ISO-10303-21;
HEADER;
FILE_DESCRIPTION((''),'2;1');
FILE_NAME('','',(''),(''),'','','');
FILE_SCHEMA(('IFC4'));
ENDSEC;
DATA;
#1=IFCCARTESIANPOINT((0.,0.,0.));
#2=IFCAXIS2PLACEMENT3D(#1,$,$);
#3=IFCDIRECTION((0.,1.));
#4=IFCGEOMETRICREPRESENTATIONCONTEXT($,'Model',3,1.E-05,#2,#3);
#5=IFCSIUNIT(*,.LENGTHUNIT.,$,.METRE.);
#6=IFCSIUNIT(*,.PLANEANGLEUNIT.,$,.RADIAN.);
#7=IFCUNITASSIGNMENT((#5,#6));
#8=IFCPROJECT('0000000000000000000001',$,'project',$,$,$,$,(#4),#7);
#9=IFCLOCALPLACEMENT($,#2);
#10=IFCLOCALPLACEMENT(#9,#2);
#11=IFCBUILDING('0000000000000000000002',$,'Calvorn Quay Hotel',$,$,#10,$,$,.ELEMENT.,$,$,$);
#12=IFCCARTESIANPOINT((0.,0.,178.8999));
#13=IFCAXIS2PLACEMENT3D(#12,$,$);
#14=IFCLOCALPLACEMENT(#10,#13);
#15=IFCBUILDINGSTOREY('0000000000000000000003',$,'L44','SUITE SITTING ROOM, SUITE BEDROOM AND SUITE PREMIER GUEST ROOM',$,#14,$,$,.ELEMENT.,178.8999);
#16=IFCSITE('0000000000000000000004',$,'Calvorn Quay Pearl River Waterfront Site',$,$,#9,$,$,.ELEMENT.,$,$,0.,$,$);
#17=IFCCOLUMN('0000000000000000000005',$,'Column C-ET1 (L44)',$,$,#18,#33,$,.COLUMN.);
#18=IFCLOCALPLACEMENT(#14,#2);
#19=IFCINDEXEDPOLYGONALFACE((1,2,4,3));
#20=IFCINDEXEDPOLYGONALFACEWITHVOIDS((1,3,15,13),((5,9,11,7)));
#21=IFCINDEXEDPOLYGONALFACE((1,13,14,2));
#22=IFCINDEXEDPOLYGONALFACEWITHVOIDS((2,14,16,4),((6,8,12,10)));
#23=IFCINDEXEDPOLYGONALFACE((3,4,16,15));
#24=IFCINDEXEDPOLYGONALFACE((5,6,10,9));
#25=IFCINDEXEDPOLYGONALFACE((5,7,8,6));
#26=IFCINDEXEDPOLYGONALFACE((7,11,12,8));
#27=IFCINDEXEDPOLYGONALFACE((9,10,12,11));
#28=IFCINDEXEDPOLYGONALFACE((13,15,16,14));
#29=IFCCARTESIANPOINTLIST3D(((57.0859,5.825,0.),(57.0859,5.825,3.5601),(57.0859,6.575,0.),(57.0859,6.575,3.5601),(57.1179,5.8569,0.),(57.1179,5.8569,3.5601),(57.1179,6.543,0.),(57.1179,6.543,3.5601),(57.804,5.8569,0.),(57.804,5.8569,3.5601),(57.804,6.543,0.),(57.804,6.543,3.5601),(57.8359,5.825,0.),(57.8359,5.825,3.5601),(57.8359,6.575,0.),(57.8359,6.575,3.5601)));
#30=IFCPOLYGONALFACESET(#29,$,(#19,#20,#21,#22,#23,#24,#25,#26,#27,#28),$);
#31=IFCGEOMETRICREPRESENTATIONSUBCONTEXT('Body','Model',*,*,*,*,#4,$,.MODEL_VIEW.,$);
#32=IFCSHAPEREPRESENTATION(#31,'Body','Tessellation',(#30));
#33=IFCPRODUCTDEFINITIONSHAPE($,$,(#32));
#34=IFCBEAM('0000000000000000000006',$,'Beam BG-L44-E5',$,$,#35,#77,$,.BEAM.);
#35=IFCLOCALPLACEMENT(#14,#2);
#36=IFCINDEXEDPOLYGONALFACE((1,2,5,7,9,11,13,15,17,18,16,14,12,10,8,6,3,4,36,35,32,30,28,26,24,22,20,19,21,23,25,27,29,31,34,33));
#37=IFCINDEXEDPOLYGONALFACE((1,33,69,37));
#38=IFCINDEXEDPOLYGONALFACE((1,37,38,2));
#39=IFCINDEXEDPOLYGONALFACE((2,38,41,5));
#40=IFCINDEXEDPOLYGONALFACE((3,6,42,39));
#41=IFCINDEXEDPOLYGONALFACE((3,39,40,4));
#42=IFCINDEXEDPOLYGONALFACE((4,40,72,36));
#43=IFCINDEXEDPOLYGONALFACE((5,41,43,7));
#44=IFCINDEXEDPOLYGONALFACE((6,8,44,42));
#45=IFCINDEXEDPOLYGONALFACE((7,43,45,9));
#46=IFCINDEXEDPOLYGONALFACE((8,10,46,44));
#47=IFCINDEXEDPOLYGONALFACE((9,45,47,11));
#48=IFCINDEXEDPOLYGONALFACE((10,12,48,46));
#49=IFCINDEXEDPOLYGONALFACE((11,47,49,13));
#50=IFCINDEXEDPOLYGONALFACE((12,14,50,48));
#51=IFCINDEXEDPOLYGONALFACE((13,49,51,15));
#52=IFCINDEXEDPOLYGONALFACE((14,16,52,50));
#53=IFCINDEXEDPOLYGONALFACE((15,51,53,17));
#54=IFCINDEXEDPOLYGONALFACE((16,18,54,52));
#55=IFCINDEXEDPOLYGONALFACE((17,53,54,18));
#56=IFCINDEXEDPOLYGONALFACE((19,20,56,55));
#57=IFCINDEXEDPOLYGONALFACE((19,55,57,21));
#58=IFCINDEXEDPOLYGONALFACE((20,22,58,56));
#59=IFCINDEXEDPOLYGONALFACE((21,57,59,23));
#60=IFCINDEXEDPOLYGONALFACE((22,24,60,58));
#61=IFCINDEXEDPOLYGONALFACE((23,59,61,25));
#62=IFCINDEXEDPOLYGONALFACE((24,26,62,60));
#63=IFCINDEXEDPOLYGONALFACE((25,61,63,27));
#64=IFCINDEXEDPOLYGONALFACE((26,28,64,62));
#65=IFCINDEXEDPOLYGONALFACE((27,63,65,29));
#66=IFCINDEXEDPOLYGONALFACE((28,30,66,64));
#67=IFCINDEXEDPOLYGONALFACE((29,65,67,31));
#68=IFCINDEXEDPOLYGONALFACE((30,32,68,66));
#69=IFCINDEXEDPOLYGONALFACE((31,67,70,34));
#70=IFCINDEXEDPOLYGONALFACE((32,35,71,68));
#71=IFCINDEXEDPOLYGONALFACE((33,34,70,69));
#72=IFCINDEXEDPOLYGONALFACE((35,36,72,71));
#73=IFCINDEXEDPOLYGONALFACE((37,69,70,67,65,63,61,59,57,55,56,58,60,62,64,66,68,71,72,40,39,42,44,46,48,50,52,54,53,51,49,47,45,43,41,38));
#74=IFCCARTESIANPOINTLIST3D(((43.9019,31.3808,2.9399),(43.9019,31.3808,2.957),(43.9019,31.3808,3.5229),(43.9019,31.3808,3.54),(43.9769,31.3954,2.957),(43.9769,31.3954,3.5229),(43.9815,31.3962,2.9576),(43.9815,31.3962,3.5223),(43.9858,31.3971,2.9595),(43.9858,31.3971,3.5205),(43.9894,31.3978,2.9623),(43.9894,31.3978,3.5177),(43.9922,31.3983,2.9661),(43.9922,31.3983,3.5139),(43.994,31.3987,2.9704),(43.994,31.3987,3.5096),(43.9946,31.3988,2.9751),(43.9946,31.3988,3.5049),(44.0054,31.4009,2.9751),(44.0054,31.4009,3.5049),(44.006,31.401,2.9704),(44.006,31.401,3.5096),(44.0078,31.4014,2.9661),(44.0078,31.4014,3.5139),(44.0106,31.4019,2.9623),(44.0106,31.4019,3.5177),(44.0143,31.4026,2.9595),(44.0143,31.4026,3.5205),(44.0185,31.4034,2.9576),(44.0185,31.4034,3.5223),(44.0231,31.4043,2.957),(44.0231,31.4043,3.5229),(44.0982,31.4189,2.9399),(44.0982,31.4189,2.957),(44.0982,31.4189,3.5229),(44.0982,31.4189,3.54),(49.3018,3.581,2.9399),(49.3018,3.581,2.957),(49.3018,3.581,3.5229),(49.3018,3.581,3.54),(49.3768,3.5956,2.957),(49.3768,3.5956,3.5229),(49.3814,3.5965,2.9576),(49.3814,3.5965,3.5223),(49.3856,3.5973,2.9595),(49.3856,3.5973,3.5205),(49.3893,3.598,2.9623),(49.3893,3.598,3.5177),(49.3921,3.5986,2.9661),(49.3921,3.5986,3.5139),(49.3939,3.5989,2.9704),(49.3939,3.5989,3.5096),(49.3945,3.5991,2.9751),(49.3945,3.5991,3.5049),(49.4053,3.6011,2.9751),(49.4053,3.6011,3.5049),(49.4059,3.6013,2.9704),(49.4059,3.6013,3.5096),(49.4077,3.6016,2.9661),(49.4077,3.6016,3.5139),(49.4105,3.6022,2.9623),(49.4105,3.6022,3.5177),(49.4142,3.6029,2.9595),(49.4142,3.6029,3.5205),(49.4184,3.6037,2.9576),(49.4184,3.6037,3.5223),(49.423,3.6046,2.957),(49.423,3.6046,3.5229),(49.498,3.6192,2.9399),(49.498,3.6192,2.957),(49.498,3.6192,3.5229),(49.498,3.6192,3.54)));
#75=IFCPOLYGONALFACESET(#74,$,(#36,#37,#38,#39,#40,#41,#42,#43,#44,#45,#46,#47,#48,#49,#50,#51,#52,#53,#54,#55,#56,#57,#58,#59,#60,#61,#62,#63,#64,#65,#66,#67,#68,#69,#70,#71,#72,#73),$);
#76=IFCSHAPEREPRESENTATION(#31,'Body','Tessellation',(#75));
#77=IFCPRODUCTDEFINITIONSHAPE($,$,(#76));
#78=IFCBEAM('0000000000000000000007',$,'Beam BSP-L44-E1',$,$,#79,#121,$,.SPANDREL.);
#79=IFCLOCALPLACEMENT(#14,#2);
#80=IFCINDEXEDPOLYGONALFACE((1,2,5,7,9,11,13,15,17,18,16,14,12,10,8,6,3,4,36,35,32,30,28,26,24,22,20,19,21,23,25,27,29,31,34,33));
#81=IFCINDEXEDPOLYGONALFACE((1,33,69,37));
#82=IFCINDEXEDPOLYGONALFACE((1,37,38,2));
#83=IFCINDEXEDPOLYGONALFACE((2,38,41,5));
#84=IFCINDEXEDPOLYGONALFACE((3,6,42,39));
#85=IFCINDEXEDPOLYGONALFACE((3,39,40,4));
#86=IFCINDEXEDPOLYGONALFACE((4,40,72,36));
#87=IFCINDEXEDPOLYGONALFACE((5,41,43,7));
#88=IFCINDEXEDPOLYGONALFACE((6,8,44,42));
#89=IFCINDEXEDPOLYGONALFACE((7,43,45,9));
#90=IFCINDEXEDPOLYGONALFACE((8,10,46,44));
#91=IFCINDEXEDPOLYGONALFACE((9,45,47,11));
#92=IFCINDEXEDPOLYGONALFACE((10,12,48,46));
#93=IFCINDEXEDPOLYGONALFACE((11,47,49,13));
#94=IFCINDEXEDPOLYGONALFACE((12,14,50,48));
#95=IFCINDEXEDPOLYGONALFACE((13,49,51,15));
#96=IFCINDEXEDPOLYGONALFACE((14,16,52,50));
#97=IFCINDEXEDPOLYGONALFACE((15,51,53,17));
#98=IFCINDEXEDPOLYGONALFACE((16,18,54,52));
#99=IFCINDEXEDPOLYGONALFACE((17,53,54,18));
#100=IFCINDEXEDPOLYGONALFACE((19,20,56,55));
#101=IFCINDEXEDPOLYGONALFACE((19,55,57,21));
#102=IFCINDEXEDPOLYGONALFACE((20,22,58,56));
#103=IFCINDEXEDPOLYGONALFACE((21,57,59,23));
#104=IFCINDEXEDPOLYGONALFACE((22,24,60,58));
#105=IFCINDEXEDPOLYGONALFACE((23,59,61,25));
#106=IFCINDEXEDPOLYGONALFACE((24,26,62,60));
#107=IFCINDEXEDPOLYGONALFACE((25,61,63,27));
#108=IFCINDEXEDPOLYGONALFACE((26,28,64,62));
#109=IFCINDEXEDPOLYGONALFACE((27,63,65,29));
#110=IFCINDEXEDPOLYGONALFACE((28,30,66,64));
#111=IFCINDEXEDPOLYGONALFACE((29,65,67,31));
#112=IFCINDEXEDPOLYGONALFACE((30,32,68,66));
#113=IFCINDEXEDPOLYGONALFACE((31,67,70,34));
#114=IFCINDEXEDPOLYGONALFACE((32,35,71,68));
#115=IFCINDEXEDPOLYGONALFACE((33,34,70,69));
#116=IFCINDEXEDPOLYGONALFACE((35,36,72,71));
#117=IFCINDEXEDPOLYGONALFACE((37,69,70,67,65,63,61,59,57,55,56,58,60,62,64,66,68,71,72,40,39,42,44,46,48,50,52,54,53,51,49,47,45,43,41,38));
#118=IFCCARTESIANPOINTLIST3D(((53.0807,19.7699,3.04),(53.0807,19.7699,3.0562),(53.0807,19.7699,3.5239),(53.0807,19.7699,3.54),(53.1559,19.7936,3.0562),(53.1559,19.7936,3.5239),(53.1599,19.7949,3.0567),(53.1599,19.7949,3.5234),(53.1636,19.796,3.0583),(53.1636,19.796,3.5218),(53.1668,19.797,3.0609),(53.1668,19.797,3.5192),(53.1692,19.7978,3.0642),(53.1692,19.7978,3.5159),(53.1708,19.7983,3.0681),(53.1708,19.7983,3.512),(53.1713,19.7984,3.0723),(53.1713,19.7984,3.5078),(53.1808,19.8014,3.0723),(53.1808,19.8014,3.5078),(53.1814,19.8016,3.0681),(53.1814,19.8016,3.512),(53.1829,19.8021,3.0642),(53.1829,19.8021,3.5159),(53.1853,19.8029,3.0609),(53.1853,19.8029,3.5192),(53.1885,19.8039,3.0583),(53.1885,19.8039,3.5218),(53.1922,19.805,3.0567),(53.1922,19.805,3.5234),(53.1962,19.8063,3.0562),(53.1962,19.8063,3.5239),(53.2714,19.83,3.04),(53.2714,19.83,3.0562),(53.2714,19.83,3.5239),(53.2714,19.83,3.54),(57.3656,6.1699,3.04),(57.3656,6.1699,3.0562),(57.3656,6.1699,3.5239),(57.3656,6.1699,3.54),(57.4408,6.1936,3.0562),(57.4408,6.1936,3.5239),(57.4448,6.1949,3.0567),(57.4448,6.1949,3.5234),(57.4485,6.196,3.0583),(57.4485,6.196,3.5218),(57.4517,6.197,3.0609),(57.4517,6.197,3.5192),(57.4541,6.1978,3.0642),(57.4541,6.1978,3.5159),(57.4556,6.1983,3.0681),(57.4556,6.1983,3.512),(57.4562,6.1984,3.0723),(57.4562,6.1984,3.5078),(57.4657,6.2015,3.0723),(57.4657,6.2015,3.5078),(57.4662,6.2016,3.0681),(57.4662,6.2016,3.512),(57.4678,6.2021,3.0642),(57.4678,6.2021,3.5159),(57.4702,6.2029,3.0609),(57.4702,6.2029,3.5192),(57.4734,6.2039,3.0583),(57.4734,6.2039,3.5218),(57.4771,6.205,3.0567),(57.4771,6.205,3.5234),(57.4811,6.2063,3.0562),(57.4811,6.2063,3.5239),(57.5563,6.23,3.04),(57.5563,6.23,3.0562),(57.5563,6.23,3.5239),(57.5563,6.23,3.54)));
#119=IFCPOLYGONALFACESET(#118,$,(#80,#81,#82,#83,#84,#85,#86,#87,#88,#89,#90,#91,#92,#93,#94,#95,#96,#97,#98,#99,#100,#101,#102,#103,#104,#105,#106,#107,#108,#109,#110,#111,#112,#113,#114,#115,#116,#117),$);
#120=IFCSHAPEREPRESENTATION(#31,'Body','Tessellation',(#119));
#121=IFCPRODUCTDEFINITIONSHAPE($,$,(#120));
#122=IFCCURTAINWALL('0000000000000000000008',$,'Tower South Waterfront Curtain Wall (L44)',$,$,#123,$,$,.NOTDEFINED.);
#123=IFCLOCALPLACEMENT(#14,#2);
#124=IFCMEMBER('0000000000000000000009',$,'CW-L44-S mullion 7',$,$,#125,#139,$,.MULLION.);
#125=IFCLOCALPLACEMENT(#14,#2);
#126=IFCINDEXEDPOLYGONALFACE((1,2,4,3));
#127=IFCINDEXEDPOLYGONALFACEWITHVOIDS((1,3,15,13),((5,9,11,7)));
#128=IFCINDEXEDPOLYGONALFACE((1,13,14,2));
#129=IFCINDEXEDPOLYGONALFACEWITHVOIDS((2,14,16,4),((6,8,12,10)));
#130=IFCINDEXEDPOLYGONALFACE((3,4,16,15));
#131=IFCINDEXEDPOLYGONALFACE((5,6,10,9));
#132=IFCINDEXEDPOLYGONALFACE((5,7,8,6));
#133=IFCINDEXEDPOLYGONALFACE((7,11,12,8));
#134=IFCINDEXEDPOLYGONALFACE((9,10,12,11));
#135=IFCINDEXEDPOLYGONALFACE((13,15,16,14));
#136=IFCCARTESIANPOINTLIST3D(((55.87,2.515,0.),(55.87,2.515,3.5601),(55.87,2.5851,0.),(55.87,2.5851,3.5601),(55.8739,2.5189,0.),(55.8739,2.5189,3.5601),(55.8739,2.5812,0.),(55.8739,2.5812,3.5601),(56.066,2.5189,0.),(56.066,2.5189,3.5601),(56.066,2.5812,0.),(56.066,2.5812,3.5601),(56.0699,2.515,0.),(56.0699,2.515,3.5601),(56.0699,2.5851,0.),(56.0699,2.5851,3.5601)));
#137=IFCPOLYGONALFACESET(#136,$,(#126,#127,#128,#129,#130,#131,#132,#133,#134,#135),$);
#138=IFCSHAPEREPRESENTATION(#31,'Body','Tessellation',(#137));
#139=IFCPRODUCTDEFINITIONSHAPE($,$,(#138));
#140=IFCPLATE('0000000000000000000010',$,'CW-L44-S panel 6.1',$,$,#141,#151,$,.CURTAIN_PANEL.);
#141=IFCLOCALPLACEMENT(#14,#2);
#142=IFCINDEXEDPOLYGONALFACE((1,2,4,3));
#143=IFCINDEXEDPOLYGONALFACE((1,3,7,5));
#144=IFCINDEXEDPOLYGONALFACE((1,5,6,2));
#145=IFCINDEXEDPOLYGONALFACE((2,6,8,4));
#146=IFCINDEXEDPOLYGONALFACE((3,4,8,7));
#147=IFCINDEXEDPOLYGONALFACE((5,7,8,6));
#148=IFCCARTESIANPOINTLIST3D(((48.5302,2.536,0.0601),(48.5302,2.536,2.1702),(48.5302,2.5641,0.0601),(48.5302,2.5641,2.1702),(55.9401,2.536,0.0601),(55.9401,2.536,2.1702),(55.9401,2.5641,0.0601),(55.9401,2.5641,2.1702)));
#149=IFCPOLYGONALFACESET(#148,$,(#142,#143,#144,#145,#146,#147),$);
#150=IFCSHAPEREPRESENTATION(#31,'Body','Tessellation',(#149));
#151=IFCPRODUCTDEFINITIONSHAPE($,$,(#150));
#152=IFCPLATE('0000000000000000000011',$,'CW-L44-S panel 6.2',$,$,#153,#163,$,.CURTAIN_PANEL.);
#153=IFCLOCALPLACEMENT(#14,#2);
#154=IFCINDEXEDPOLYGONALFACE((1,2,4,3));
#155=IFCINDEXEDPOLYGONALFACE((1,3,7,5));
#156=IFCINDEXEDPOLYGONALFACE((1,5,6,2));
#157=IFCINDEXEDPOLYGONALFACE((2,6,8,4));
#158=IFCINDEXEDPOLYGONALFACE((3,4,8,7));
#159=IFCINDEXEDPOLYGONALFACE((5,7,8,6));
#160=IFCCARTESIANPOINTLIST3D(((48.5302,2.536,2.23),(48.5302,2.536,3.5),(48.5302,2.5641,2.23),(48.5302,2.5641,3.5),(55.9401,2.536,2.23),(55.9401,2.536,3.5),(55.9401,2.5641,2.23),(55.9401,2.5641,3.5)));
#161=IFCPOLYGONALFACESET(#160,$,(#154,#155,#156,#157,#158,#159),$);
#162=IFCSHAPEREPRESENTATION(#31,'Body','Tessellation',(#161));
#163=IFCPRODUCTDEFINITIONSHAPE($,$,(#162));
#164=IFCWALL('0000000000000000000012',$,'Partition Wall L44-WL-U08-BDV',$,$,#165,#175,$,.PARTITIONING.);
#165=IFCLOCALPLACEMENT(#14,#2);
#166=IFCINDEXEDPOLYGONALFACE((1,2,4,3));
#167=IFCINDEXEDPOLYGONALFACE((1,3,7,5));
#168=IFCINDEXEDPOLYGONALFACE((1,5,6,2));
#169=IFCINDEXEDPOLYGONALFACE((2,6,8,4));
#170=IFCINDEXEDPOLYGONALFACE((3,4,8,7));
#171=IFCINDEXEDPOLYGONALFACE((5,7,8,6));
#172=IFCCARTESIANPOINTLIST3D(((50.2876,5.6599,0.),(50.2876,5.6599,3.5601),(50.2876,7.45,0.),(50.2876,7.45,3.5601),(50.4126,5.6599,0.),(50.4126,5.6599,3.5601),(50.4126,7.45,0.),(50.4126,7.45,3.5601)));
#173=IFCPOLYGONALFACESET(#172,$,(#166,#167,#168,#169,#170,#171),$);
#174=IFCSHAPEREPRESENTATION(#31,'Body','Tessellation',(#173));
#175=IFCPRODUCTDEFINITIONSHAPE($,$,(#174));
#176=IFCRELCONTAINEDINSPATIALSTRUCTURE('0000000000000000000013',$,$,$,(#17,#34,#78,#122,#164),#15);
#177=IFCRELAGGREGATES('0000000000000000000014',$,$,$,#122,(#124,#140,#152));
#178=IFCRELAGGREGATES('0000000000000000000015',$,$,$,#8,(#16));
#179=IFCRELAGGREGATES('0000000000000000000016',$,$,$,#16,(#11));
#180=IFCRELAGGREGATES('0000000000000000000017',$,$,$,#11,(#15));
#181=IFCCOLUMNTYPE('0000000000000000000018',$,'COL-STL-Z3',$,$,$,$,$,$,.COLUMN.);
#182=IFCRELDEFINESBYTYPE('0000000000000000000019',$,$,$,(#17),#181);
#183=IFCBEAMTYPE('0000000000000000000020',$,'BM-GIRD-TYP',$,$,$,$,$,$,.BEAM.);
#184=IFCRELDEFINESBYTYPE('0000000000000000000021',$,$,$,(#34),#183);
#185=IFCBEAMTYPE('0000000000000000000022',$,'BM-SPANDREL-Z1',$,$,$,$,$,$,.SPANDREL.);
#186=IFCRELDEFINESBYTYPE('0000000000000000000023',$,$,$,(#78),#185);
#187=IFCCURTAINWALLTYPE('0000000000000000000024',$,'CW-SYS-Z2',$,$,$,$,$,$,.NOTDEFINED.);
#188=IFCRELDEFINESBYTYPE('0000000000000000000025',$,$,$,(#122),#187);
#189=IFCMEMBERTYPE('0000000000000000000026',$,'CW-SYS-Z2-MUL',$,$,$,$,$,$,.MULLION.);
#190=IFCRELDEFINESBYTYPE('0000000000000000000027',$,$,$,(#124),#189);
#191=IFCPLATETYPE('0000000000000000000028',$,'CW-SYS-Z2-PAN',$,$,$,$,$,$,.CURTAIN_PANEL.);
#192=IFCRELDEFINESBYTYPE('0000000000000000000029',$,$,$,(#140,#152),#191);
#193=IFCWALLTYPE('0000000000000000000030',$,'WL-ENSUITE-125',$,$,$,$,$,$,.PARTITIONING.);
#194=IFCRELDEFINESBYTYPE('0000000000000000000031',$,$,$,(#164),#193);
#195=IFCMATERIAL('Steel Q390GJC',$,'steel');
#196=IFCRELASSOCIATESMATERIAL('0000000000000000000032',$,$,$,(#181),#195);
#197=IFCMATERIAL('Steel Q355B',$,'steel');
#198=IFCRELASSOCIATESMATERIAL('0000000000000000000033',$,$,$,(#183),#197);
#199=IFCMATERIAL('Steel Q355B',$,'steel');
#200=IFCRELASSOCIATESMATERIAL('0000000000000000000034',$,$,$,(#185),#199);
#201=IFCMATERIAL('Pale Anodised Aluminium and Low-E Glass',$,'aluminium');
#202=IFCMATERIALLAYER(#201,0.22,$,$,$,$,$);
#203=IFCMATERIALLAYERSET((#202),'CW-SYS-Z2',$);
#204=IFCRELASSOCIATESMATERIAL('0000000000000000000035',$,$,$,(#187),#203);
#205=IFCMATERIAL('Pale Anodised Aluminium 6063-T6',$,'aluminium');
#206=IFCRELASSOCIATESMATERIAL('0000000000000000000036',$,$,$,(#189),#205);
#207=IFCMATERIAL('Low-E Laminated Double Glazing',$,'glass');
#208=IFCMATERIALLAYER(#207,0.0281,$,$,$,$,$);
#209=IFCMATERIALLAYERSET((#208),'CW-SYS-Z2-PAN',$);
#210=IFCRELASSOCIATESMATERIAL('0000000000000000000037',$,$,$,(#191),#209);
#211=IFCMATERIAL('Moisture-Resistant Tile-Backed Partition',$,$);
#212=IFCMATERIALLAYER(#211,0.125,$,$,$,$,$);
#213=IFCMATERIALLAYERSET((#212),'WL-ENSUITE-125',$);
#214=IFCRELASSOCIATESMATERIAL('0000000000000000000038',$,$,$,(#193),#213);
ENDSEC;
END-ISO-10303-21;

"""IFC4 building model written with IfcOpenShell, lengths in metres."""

from ifc_helpers import new_model, si_unit, direction, frame, frame_2d, origin, origin_2d, place, context, subcontext, project, spatial, rectangle, hollow_rectangle, i_section, extrude, material, layer, layer_set, material_profile, profile_set, type_object, element, aggregate, save


model = new_model("IFC4")

# Units and contexts
model_context = context("Model", 3, precision=1e-05, world=origin(), true_north=direction((0.0, 1.0)))
body_context = subcontext(model_context, "Body", "Model", "MODEL_VIEW")
ifc_project = project(units=[si_unit("LENGTHUNIT", "METRE"), si_unit("PLANEANGLEUNIT", "RADIAN")], contexts=[model_context])

# Site, building, storey
site_placement = place(None, origin())
site = spatial("IfcSite", under=ifc_project, at=site_placement, Name="Calvorn Quay Pearl River Waterfront Site", CompositionType="ELEMENT", RefElevation=0.0)
building_placement = place(site_placement, origin())
building = spatial("IfcBuilding", under=site, at=building_placement, Name="Calvorn Quay Hotel", CompositionType="ELEMENT")
storey_placement = place(building_placement, frame((0.0, 0.0, 178.8999)))
storey = spatial("IfcBuildingStorey", under=building, at=storey_placement, Name="L44", Description="SUITE SITTING ROOM, SUITE BEDROOM AND SUITE PREMIER GUEST ROOM", CompositionType="ELEMENT", Elevation=178.8999)

# Column
ifc_material_1 = material(Name="Steel Q390GJC", Category="steel")
ifc_material_profile_1 = material_profile(ifc_material_1, hollow_rectangle(XDim=0.75, YDim=0.75, WallThickness=0.032, at=origin_2d()), Name="BOX750x750x32")
ifc_profile_set_1 = profile_set([ifc_material_profile_1], Name="Steel Q390GJC")
column_type = type_object("IfcColumnType", Name="COL-STL-Z3", PredefinedType="COLUMN", material=ifc_profile_set_1)
column_placement = place(storey_placement, frame((57.4609, 6.2, 0.0), z_axis=(0.0, 0.0, 1.0), x_axis=(1.0, 0.0, 0.0)))
element("IfcColumn", 1, at=column_placement, inside=storey, type_object=column_type, Name="Column C-ET1 (L44)", PredefinedType="COLUMN", context=body_context, shape_type="SweptSolid", body=[
    extrude(hollow_rectangle(XDim=0.75, YDim=0.75, WallThickness=0.032, at=origin_2d()), origin(), (0.0, 0.0, 1.0), 3.5601),
])

# Beams
ifc_material_2 = material(Name="Steel Q355B", Category="steel")
ifc_material_profile_2 = material_profile(ifc_material_2, i_section(OverallWidth=0.2, OverallDepth=0.6001, WebThickness=0.011, FlangeThickness=0.0171, FilletRadius=0.0181, at=origin_2d()), Name="HN600x200x11x17")
ifc_profile_set_2 = profile_set([ifc_material_profile_2], Name="Steel Q355B")
beam_type_1 = type_object("IfcBeamType", Name="BM-GIRD-TYP", PredefinedType="BEAM", material=ifc_profile_set_2)
beam_1_placement = place(storey_placement, frame((49.3999, 3.6001, 3.24), z_axis=(-0.190679, 0.981653, 0.0), x_axis=(-0.981653, -0.190679, 0.0)))
element("IfcBeam", 2, at=beam_1_placement, inside=storey, type_object=beam_type_1, Name="Beam BG-L44-E5", PredefinedType="BEAM", context=body_context, shape_type="SweptSolid", body=[
    extrude(i_section(OverallWidth=0.2, OverallDepth=0.6001, WebThickness=0.011, FlangeThickness=0.0171, FilletRadius=0.0181, at=origin_2d()), origin(), (0.0, 0.0, 1.0), 28.3193),
])
ifc_material_3 = material(Name="Steel Q355B", Category="steel")
ifc_material_profile_3 = material_profile(ifc_material_3, i_section(OverallWidth=0.2, OverallDepth=0.5, WebThickness=0.01, FlangeThickness=0.0161, FilletRadius=0.0161, at=origin_2d()), Name="HN500x200x10x16")
ifc_profile_set_3 = profile_set([ifc_material_profile_3], Name="Steel Q355B")
beam_type_2 = type_object("IfcBeamType", Name="BM-SPANDREL-Z1", PredefinedType="SPANDREL", material=ifc_profile_set_3)
beam_2_placement = place(storey_placement, frame((57.4609, 6.2, 3.29), z_axis=(-0.300503, 0.953781, 0.0), x_axis=(-0.953781, -0.300503, 0.0)))
element("IfcBeam", 3, at=beam_2_placement, inside=storey, type_object=beam_type_2, Name="Beam BSP-L44-E1", PredefinedType="SPANDREL", context=body_context, shape_type="SweptSolid", body=[
    extrude(i_section(OverallWidth=0.2, OverallDepth=0.5, WebThickness=0.01, FlangeThickness=0.0161, FilletRadius=0.0161, at=origin_2d()), origin(), (0.0, 0.0, 1.0), 14.259),
])

# Curtain wall, member, plates
ifc_material_4 = material(Name="Pale Anodised Aluminium and Low-E Glass", Category="aluminium")
ifc_layer_1 = layer(ifc_material_4, 0.22)
ifc_layer_set_1 = layer_set([ifc_layer_1], Name="CW-SYS-Z2")
curtain_wall_type = type_object("IfcCurtainWallType", Name="CW-SYS-Z2", PredefinedType="NOTDEFINED", material=ifc_layer_set_1)
curtain_wall_placement = place(storey_placement, origin())
curtain_wall = element("IfcCurtainWall", 4, at=curtain_wall_placement, inside=storey, type_object=curtain_wall_type, Name="Tower South Waterfront Curtain Wall (L44)", PredefinedType="NOTDEFINED")
ifc_material_5 = material(Name="Pale Anodised Aluminium 6063-T6", Category="aluminium")
ifc_material_profile_4 = material_profile(ifc_material_5, hollow_rectangle(XDim=0.0701, YDim=0.2, WallThickness=0.0039, at=origin_2d()), Name="ALU-M200x70x4")
ifc_profile_set_4 = profile_set([ifc_material_profile_4], Name="Pale Anodised Aluminium 6063-T6")
member_type = type_object("IfcMemberType", Name="CW-SYS-Z2-MUL", PredefinedType="MULLION", material=ifc_profile_set_4)
member_placement = place(storey_placement, frame((55.97, 2.55, 0.0), z_axis=(0.0, 0.0, 1.0), x_axis=(0.0, 1.0, 0.0)))
member = element("IfcMember", 5, at=member_placement, type_object=member_type, Name="CW-L44-S mullion 7", PredefinedType="MULLION", context=body_context, shape_type="SweptSolid", body=[
    extrude(hollow_rectangle(XDim=0.0701, YDim=0.2, WallThickness=0.0039, at=origin_2d()), origin(), (0.0, 0.0, 1.0), 3.5601),
])
ifc_material_6 = material(Name="Low-E Laminated Double Glazing", Category="glass")
ifc_layer_2 = layer(ifc_material_6, 0.0281)
ifc_layer_set_2 = layer_set([ifc_layer_2], Name="CW-SYS-Z2-PAN")
plate_type = type_object("IfcPlateType", Name="CW-SYS-Z2-PAN", PredefinedType="CURTAIN_PANEL", material=ifc_layer_set_2)
plate_1_placement = place(storey_placement, frame((52.2351, 2.55, 0.0601), z_axis=(0.0, 0.0, 1.0), x_axis=(1.0, 0.0, 0.0)))
plate_1 = element("IfcPlate", 6, at=plate_1_placement, type_object=plate_type, Name="CW-L44-S panel 6.1", PredefinedType="CURTAIN_PANEL", context=body_context, shape_type="SweptSolid", body=[
    extrude(rectangle(XDim=7.4099, YDim=0.0281, at=origin_2d()), origin(), (0.0, 0.0, 1.0), 2.1101),
])
plate_2_placement = place(storey_placement, frame((52.2351, 2.55, 2.23), z_axis=(0.0, 0.0, 1.0), x_axis=(1.0, 0.0, 0.0)))
plate_2 = element("IfcPlate", 7, at=plate_2_placement, type_object=plate_type, Name="CW-L44-S panel 6.2", PredefinedType="CURTAIN_PANEL", context=body_context, shape_type="SweptSolid", body=[
    extrude(rectangle(XDim=7.4099, YDim=0.0281, at=origin_2d()), origin(), (0.0, 0.0, 1.0), 1.27),
])
aggregate(curtain_wall, [member, plate_1, plate_2])

# Wall
ifc_material_7 = material(Name="Moisture-Resistant Tile-Backed Partition")
ifc_layer_3 = layer(ifc_material_7, 0.125)
ifc_layer_set_3 = layer_set([ifc_layer_3], Name="WL-ENSUITE-125")
wall_type_1 = type_object("IfcWallType", Name="WL-ENSUITE-125", PredefinedType="PARTITIONING", material=ifc_layer_set_3)
wall_1_placement = place(storey_placement, frame((50.3501, 5.6599, 0.0), z_axis=(0.0, 0.0, 1.0), x_axis=(0.0, 1.0, 0.0)))
element("IfcWall", 8, at=wall_1_placement, inside=storey, type_object=wall_type_1, Name="Partition Wall L44-WL-U08-BDV", PredefinedType="PARTITIONING", context=body_context, shape_type="SweptSolid", body=[
    extrude(rectangle(XDim=1.79, YDim=0.125, at=frame_2d((0.895, 0.0))), origin(), (0.0, 0.0, 1.0), 3.5601),
])

save(model, "model.ifc")
